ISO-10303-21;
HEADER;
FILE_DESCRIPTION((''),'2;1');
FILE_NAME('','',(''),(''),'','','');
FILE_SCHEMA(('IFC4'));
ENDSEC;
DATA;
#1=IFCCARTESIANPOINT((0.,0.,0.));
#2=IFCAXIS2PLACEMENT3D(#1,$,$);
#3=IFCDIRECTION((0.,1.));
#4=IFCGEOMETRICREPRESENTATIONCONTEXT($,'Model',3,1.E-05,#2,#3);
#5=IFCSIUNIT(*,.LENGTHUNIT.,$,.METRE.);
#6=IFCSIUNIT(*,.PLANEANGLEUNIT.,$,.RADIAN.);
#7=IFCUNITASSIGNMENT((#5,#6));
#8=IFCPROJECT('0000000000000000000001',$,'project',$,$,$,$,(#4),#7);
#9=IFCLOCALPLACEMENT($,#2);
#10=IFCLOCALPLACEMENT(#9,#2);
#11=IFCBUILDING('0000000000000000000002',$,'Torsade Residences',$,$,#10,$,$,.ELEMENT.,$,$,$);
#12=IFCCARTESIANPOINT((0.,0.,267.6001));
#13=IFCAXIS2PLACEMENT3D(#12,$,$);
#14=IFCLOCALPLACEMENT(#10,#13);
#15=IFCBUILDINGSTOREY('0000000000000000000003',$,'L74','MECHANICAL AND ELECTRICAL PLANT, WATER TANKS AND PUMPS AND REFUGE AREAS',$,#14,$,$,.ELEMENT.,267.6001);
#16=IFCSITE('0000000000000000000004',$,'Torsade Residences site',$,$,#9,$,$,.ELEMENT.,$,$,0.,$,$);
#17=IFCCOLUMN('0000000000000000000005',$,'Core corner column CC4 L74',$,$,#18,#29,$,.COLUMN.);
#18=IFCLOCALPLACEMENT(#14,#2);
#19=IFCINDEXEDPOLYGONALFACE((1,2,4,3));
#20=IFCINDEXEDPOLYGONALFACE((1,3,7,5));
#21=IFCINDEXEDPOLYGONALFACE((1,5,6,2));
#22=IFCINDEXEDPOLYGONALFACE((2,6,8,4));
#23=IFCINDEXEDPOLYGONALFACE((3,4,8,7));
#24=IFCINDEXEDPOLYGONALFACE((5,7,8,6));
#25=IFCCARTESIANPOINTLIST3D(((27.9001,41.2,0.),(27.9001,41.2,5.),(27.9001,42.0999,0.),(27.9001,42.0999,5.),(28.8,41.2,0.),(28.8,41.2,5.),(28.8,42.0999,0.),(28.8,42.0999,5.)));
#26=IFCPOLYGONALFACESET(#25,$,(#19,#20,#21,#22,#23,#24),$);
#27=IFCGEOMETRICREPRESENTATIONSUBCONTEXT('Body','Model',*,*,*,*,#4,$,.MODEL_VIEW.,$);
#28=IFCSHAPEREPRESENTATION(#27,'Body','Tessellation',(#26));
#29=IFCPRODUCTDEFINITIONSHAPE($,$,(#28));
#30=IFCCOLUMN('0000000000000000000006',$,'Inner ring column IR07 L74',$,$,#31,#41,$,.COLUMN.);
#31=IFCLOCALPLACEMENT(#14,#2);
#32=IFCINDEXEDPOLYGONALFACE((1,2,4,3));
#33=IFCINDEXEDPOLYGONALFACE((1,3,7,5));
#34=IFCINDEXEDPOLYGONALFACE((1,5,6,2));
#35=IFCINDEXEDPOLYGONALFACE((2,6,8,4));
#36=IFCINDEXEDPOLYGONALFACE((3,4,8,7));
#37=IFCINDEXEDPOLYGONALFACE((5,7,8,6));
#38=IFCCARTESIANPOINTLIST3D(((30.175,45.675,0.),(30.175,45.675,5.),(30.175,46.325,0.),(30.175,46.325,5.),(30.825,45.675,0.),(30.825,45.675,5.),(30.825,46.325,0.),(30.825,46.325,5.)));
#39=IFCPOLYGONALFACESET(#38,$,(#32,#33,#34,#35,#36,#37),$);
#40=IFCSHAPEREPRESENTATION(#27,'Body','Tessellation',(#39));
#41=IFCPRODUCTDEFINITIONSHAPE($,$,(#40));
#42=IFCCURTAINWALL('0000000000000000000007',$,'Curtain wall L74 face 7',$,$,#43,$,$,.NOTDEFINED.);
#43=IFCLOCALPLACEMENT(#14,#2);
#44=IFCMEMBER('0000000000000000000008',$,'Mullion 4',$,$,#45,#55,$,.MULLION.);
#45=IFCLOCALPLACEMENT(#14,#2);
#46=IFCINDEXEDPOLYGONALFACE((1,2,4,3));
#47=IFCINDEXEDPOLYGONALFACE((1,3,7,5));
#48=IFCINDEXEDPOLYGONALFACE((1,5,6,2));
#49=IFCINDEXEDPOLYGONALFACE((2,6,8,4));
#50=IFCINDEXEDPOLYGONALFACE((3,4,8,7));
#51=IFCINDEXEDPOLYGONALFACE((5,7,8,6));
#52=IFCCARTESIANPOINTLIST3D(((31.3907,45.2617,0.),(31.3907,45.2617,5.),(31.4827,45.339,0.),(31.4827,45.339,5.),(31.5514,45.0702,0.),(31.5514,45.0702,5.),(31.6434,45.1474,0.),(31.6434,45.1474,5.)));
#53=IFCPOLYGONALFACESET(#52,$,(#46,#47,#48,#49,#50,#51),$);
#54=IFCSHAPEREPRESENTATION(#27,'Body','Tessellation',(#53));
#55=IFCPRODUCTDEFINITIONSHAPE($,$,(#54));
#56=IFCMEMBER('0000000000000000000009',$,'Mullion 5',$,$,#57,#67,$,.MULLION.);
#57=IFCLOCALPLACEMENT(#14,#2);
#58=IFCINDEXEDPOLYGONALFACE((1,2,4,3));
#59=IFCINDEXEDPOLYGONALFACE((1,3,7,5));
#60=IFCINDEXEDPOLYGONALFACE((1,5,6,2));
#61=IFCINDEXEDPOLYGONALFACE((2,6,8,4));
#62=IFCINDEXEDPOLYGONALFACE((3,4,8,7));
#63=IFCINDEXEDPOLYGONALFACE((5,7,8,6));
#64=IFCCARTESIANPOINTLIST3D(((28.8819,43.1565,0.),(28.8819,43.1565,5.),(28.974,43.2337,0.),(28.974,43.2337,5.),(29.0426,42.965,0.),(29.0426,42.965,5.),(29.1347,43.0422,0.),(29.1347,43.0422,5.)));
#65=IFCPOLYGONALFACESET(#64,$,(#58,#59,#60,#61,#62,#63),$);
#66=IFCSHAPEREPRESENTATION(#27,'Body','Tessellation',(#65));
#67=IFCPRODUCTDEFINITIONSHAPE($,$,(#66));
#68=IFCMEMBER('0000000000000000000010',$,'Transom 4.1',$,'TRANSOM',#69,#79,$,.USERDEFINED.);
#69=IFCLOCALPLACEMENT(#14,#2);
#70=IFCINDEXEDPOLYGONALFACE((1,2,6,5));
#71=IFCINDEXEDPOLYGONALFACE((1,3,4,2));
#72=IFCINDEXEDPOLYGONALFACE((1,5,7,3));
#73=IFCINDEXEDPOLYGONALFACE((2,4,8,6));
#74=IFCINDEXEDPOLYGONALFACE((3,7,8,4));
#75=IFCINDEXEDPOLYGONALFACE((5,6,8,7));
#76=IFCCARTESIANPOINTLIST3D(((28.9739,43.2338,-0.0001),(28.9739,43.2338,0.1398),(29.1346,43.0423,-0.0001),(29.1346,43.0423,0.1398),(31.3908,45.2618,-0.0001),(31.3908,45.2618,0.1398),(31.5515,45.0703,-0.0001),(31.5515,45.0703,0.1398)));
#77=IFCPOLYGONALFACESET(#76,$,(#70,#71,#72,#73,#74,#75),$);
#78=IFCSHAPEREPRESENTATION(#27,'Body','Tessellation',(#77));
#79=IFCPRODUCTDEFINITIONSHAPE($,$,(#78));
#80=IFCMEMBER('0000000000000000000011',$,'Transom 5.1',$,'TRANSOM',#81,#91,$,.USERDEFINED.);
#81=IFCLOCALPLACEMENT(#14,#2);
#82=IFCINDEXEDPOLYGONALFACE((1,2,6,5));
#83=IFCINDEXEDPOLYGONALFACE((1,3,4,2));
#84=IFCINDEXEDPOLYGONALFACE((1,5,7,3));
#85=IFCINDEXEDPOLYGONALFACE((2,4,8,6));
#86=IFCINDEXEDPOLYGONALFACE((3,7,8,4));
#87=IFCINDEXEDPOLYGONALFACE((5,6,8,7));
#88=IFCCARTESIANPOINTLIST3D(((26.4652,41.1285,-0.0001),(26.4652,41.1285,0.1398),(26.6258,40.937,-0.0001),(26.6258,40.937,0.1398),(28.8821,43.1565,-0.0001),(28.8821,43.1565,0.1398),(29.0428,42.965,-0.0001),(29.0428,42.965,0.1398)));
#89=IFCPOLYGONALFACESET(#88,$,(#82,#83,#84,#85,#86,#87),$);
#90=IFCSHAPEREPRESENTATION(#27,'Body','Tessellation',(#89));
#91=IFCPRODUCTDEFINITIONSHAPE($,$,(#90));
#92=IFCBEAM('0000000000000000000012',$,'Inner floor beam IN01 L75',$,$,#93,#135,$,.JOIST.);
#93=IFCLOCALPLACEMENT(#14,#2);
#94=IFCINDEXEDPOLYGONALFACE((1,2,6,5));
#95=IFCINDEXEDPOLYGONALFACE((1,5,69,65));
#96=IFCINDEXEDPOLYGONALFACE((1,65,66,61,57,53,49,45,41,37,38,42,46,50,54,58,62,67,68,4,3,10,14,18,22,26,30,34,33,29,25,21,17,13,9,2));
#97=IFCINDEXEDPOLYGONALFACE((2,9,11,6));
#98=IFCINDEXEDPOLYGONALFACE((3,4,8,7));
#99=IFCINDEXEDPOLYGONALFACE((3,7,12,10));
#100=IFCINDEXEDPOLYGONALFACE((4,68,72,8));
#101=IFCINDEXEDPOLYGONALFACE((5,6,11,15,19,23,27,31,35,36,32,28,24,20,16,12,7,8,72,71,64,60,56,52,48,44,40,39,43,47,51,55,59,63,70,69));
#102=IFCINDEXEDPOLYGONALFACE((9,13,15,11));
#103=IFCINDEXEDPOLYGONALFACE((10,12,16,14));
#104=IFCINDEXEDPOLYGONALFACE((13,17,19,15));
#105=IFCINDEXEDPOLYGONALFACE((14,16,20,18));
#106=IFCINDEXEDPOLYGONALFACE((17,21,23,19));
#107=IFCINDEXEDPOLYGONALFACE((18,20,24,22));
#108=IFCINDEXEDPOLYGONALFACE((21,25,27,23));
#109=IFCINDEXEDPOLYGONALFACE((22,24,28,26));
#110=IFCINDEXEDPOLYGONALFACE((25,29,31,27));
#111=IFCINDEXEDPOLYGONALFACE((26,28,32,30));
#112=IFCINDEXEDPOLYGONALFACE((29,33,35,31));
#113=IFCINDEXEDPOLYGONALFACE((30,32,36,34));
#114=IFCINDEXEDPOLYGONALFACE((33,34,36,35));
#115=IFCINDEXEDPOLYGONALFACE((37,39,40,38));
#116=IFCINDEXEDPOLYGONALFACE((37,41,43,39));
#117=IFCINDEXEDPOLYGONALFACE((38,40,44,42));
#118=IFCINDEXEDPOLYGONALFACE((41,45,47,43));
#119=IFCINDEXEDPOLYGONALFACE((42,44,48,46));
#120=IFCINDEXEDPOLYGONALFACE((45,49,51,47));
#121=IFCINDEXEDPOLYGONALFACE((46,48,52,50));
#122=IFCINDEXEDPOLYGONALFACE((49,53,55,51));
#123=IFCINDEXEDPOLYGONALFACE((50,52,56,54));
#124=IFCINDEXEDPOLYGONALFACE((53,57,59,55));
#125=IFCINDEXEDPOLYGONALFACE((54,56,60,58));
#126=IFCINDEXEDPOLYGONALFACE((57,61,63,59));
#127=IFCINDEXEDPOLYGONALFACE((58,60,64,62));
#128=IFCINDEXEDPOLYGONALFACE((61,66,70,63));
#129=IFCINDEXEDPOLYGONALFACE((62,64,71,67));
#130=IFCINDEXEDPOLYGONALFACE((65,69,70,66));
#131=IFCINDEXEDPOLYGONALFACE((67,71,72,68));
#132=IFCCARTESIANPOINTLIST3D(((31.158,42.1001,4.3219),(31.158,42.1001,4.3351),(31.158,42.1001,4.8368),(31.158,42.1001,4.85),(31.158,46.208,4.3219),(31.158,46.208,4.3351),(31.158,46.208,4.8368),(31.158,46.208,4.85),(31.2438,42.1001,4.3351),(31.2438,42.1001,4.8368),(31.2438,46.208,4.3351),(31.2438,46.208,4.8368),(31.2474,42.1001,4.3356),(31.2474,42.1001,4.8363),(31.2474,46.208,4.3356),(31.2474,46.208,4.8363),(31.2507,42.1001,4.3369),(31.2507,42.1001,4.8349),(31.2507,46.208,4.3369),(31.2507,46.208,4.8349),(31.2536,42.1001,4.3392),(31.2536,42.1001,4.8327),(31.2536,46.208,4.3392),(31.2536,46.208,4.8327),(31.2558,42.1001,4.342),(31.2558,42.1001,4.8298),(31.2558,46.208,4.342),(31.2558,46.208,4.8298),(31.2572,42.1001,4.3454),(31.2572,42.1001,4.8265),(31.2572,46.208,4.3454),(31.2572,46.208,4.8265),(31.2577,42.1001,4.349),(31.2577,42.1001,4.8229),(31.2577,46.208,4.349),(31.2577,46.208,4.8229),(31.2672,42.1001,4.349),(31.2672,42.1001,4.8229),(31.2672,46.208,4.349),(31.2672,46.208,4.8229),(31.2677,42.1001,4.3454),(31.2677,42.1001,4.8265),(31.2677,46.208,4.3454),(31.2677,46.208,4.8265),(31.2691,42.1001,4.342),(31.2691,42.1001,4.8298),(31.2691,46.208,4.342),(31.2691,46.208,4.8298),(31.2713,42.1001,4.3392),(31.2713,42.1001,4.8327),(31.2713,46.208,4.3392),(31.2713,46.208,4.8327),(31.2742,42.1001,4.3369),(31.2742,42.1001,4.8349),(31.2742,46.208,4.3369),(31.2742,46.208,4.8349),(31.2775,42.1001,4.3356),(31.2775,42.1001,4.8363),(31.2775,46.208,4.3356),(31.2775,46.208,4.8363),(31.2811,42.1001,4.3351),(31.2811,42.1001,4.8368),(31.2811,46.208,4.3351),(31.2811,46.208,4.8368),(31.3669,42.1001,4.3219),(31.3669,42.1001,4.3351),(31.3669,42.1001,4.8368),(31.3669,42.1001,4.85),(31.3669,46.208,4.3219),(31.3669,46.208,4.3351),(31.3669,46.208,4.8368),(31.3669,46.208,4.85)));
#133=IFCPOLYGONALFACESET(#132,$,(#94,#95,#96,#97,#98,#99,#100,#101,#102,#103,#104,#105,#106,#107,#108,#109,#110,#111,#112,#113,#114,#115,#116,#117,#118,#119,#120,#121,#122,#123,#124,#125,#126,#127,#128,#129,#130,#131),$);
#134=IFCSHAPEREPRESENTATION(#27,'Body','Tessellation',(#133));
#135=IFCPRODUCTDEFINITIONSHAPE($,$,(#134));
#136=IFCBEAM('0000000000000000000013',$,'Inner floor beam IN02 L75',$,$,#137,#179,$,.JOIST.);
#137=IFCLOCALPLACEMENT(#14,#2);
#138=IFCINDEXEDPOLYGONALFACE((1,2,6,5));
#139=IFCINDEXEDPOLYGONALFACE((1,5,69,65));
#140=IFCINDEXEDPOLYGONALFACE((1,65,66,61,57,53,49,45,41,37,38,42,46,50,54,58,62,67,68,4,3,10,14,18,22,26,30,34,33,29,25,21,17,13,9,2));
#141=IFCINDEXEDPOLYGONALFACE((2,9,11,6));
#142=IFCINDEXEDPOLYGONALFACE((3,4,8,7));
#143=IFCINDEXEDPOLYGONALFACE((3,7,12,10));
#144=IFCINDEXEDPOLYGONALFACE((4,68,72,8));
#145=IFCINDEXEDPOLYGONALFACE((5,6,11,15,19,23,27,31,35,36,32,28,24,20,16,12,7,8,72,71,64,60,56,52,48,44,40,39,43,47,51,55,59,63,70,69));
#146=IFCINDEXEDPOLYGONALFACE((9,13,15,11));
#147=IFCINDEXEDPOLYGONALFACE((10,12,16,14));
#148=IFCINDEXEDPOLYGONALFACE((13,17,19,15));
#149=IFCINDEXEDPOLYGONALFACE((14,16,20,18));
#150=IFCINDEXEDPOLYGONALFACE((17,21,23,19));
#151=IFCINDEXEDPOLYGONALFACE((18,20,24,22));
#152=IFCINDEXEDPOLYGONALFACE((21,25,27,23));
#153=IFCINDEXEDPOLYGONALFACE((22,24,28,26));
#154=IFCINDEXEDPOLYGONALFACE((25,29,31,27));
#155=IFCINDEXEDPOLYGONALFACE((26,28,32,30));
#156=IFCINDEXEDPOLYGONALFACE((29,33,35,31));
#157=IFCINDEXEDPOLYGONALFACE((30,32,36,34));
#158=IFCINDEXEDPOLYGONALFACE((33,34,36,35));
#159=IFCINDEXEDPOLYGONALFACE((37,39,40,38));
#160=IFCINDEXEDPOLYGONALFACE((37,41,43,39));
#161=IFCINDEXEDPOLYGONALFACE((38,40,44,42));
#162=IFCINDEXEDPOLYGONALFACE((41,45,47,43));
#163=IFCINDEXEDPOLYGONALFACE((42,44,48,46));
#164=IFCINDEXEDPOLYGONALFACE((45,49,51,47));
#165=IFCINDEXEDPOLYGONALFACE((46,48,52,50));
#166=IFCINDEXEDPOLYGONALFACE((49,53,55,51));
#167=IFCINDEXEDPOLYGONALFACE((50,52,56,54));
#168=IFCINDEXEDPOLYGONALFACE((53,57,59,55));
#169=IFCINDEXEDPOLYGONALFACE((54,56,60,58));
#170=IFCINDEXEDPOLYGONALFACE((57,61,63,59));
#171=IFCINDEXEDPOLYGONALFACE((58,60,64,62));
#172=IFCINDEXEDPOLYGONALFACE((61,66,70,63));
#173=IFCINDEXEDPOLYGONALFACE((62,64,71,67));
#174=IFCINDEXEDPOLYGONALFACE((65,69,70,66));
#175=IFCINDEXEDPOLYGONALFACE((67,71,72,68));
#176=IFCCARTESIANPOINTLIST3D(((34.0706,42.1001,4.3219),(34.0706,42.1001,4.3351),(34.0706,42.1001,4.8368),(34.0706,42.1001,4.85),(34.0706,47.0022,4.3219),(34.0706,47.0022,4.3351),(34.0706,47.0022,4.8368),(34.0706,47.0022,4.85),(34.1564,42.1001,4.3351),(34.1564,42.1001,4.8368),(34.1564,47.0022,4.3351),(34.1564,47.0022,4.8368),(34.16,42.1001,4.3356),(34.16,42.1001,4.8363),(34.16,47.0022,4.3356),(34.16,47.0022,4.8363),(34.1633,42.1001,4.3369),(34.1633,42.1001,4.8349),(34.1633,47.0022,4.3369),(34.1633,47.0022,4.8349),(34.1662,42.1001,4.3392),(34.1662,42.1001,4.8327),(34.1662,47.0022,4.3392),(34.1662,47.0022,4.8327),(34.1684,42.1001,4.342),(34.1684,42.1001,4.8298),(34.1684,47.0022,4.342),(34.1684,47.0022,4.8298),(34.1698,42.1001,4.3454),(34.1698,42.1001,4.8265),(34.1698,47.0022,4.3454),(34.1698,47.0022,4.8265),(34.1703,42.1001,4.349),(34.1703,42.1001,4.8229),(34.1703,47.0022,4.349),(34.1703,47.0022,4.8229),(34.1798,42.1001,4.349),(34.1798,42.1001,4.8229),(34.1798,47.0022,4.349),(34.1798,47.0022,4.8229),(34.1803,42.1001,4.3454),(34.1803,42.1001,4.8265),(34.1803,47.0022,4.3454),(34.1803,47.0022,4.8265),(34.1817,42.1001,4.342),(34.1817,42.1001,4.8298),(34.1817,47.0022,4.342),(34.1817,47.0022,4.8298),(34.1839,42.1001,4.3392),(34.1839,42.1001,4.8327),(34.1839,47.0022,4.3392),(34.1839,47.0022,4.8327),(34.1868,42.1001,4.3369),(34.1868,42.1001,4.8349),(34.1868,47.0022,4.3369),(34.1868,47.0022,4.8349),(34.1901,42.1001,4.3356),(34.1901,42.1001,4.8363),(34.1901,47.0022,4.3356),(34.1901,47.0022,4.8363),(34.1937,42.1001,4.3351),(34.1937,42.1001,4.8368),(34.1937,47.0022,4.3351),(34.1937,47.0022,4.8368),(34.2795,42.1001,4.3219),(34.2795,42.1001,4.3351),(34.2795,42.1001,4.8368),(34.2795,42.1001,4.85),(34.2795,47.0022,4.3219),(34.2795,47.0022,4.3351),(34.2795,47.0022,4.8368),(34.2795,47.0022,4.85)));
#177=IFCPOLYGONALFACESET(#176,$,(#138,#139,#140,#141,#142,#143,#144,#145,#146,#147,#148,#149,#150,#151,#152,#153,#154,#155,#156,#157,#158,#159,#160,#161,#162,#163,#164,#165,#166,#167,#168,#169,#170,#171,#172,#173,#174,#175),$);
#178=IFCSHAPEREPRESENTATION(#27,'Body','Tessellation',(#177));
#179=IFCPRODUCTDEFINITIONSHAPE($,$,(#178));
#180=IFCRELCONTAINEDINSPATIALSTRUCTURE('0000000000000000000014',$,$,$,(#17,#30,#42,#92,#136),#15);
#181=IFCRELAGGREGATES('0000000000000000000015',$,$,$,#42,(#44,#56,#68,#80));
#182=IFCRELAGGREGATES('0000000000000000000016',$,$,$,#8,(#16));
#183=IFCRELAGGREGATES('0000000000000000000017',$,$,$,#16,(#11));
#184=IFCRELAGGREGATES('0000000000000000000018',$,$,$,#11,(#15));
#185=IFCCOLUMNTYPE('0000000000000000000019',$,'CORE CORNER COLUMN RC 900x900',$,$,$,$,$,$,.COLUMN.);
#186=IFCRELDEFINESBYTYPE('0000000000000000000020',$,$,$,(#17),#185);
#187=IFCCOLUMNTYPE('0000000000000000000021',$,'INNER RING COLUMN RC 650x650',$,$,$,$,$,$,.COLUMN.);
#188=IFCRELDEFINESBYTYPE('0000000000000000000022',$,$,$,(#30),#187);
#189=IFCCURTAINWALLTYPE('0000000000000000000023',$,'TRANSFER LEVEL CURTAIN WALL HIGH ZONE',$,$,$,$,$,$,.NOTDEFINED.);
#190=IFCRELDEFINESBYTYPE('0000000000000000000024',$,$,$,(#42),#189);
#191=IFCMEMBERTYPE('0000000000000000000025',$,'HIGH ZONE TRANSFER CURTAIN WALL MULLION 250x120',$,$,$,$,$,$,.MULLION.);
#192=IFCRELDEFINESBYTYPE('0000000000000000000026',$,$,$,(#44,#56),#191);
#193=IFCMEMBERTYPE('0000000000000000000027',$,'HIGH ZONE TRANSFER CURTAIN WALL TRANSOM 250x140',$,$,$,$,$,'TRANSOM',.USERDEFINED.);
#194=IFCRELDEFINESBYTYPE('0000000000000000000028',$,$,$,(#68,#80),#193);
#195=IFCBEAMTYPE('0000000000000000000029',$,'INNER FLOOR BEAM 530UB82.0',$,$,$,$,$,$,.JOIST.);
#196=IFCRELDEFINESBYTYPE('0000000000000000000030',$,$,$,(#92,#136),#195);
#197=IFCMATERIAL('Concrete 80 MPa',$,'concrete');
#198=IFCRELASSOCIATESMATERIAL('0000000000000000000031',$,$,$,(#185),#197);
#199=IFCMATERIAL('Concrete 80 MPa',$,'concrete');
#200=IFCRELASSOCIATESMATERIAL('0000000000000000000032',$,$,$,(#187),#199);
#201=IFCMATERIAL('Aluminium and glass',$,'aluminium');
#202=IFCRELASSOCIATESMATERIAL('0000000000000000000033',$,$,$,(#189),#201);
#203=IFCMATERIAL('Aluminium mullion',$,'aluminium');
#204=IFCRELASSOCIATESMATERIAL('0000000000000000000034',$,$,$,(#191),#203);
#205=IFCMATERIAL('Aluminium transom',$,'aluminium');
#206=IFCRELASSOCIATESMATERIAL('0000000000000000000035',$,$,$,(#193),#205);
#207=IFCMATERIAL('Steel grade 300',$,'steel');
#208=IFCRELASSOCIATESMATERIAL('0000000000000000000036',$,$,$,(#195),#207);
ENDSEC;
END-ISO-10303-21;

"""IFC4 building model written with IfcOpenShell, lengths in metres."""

from ifc_helpers import new_model, si_unit, direction, frame, origin, origin_2d, place, context, subcontext, project, spatial, rectangle, i_section, extrude, material, material_profile, profile_set, type_object, element, aggregate, save


model = new_model("IFC4")

# Units and contexts
model_context = context("Model", 3, precision=1e-05, world=origin(), true_north=direction((0.0, 1.0)))
body_context = subcontext(model_context, "Body", "Model", "MODEL_VIEW")
ifc_project = project(units=[si_unit("LENGTHUNIT", "METRE"), si_unit("PLANEANGLEUNIT", "RADIAN")], contexts=[model_context])

# Site, building, storey
site_placement = place(None, origin())
site = spatial("IfcSite", under=ifc_project, at=site_placement, Name="Torsade Residences site", CompositionType="ELEMENT", RefElevation=0.0)
building_placement = place(site_placement, origin())
building = spatial("IfcBuilding", under=site, at=building_placement, Name="Torsade Residences", CompositionType="ELEMENT")
storey_placement = place(building_placement, frame((0.0, 0.0, 267.6001)))
storey = spatial("IfcBuildingStorey", under=building, at=storey_placement, Name="L74", Description="MECHANICAL AND ELECTRICAL PLANT, WATER TANKS AND PUMPS AND REFUGE AREAS", CompositionType="ELEMENT", Elevation=267.6001)

# Columns
ifc_material_1 = material(Name="Concrete 80 MPa", Category="concrete")
ifc_material_profile_1 = material_profile(ifc_material_1, rectangle(XDim=0.8999, YDim=0.8999, at=origin_2d()), Name="RC 900x900")
ifc_profile_set_1 = profile_set([ifc_material_profile_1], Name="Concrete 80 MPa")
column_type_1 = type_object("IfcColumnType", Name="CORE CORNER COLUMN RC 900x900", PredefinedType="COLUMN", material=ifc_profile_set_1)
column_1_placement = place(storey_placement, frame((28.3501, 41.6499, 0.0), z_axis=(0.0, 0.0, 1.0), x_axis=(1.0, 0.0, 0.0)))
element("IfcColumn", 1, at=column_1_placement, inside=storey, type_object=column_type_1, Name="Core corner column CC4 L74", PredefinedType="COLUMN", context=body_context, shape_type="SweptSolid", body=[
    extrude(rectangle(XDim=0.8999, YDim=0.8999, at=origin_2d()), origin(), (0.0, 0.0, 1.0), 5.0),
])
ifc_material_2 = material(Name="Concrete 80 MPa", Category="concrete")
ifc_material_profile_2 = material_profile(ifc_material_2, rectangle(XDim=0.6499, YDim=0.6499, at=origin_2d()), Name="RC 650x650")
ifc_profile_set_2 = profile_set([ifc_material_profile_2], Name="Concrete 80 MPa")
column_type_2 = type_object("IfcColumnType", Name="INNER RING COLUMN RC 650x650", PredefinedType="COLUMN", material=ifc_profile_set_2)
column_2_placement = place(storey_placement, frame((30.5, 46.0, 0.0), z_axis=(0.0, 0.0, 1.0), x_axis=(1.0, 0.0, 0.0)))
element("IfcColumn", 2, at=column_2_placement, inside=storey, type_object=column_type_2, Name="Inner ring column IR07 L74", PredefinedType="COLUMN", context=body_context, shape_type="SweptSolid", body=[
    extrude(rectangle(XDim=0.6499, YDim=0.6499, at=origin_2d()), origin(), (0.0, 0.0, 1.0), 5.0),
])

# Curtain wall, members
ifc_material_3 = material(Name="Aluminium and glass", Category="aluminium")
curtain_wall_type = type_object("IfcCurtainWallType", Name="TRANSFER LEVEL CURTAIN WALL HIGH ZONE", PredefinedType="NOTDEFINED", material=ifc_material_3)
curtain_wall_placement = place(storey_placement, origin())
curtain_wall = element("IfcCurtainWall", 3, at=curtain_wall_placement, inside=storey, type_object=curtain_wall_type, Name="Curtain wall L74 face 7", PredefinedType="NOTDEFINED")
ifc_material_4 = material(Name="Aluminium mullion", Category="aluminium")
ifc_material_profile_3 = material_profile(ifc_material_4, rectangle(XDim=0.25, YDim=0.1201, at=origin_2d()), Name="HIGH ZONE TRANSFER CURTAIN WALL MULLION 250x120")
ifc_profile_set_3 = profile_set([ifc_material_profile_3], Name="Aluminium mullion")
member_type_1 = type_object("IfcMemberType", Name="HIGH ZONE TRANSFER CURTAIN WALL MULLION 250x120", PredefinedType="MULLION", material=ifc_profile_set_3)
member_1_placement = place(storey_placement, frame((31.5171, 45.2046, 0.0), z_axis=(0.0, 0.0, 1.0), x_axis=(0.642788, -0.766044, 0.0)))
member_1 = element("IfcMember", 4, at=member_1_placement, type_object=member_type_1, Name="Mullion 4", PredefinedType="MULLION", context=body_context, shape_type="SweptSolid", body=[
    extrude(rectangle(XDim=0.25, YDim=0.1201, at=origin_2d()), origin(), (0.0, 0.0, 1.0), 5.0),
])
member_2_placement = place(storey_placement, frame((29.0083, 43.0994, 0.0), z_axis=(0.0, 0.0, 1.0), x_axis=(0.642788, -0.766044, 0.0)))
member_2 = element("IfcMember", 5, at=member_2_placement, type_object=member_type_1, Name="Mullion 5", PredefinedType="MULLION", context=body_context, shape_type="SweptSolid", body=[
    extrude(rectangle(XDim=0.25, YDim=0.1201, at=origin_2d()), origin(), (0.0, 0.0, 1.0), 5.0),
])
ifc_material_5 = material(Name="Aluminium transom", Category="aluminium")
ifc_material_profile_4 = material_profile(ifc_material_5, rectangle(XDim=0.25, YDim=0.1399, at=origin_2d()), Name="HIGH ZONE TRANSFER CURTAIN WALL TRANSOM 250x140")
ifc_profile_set_4 = profile_set([ifc_material_profile_4], Name="Aluminium transom")
member_type_2 = type_object("IfcMemberType", Name="HIGH ZONE TRANSFER CURTAIN WALL TRANSOM 250x140", ElementType="TRANSOM", PredefinedType="USERDEFINED", material=ifc_profile_set_4)
member_3_placement = place(storey_placement, frame((31.4712, 45.166, 0.0698), z_axis=(-0.766048, -0.642784, 0.0), x_axis=(0.642784, -0.766048, 0.0)))
member_3 = element("IfcMember", 6, at=member_3_placement, type_object=member_type_2, Name="Transom 4.1", ObjectType="TRANSOM", PredefinedType="USERDEFINED", context=body_context, shape_type="SweptSolid", body=[
    extrude(rectangle(XDim=0.25, YDim=0.1399, at=origin_2d()), origin(), (0.0, 0.0, 1.0), 3.155),
])
member_4_placement = place(storey_placement, frame((28.9624, 43.0608, 0.0698), z_axis=(-0.766048, -0.642784, 0.0), x_axis=(0.642784, -0.766048, 0.0)))
member_4 = element("IfcMember", 7, at=member_4_placement, type_object=member_type_2, Name="Transom 5.1", ObjectType="TRANSOM", PredefinedType="USERDEFINED", context=body_context, shape_type="SweptSolid", body=[
    extrude(rectangle(XDim=0.25, YDim=0.1399, at=origin_2d()), origin(), (0.0, 0.0, 1.0), 3.155),
])

# Beams
ifc_material_6 = material(Name="Steel grade 300", Category="steel")
ifc_material_profile_5 = material_profile(ifc_material_6, i_section(OverallWidth=0.209, OverallDepth=0.5281, WebThickness=0.0095, FlangeThickness=0.0132, FilletRadius=0.0139, at=origin_2d()), Name="530UB82.0")
ifc_profile_set_5 = profile_set([ifc_material_profile_5], Name="Steel grade 300")
beam_type = type_object("IfcBeamType", Name="INNER FLOOR BEAM 530UB82.0", PredefinedType="JOIST", material=ifc_profile_set_5)
beam_1_placement = place(storey_placement, frame((31.2625, 42.1001, 4.5859), z_axis=(0.0, 1.0, 0.0), x_axis=(-1.0, 0.0, 0.0)))
element("IfcBeam", 8, at=beam_1_placement, inside=storey, type_object=beam_type, Name="Inner floor beam IN01 L75", PredefinedType="JOIST", context=body_context, shape_type="SweptSolid", body=[
    extrude(i_section(OverallWidth=0.209, OverallDepth=0.5281, WebThickness=0.0095, FlangeThickness=0.0132, FilletRadius=0.0139, at=origin_2d()), origin(), (0.0, 0.0, 1.0), 4.1079),
])
beam_2_placement = place(storey_placement, frame((34.175, 42.1001, 4.5859), z_axis=(0.0, 1.0, 0.0), x_axis=(-1.0, 0.0, 0.0)))
element("IfcBeam", 9, at=beam_2_placement, inside=storey, type_object=beam_type, Name="Inner floor beam IN02 L75", PredefinedType="JOIST", context=body_context, shape_type="SweptSolid", body=[
    extrude(i_section(OverallWidth=0.209, OverallDepth=0.5281, WebThickness=0.0095, FlangeThickness=0.0132, FilletRadius=0.0139, at=origin_2d()), origin(), (0.0, 0.0, 1.0), 4.9021),
])

aggregate(curtain_wall, [member_1, member_2, member_3, member_4])

save(model, "model.ifc")
